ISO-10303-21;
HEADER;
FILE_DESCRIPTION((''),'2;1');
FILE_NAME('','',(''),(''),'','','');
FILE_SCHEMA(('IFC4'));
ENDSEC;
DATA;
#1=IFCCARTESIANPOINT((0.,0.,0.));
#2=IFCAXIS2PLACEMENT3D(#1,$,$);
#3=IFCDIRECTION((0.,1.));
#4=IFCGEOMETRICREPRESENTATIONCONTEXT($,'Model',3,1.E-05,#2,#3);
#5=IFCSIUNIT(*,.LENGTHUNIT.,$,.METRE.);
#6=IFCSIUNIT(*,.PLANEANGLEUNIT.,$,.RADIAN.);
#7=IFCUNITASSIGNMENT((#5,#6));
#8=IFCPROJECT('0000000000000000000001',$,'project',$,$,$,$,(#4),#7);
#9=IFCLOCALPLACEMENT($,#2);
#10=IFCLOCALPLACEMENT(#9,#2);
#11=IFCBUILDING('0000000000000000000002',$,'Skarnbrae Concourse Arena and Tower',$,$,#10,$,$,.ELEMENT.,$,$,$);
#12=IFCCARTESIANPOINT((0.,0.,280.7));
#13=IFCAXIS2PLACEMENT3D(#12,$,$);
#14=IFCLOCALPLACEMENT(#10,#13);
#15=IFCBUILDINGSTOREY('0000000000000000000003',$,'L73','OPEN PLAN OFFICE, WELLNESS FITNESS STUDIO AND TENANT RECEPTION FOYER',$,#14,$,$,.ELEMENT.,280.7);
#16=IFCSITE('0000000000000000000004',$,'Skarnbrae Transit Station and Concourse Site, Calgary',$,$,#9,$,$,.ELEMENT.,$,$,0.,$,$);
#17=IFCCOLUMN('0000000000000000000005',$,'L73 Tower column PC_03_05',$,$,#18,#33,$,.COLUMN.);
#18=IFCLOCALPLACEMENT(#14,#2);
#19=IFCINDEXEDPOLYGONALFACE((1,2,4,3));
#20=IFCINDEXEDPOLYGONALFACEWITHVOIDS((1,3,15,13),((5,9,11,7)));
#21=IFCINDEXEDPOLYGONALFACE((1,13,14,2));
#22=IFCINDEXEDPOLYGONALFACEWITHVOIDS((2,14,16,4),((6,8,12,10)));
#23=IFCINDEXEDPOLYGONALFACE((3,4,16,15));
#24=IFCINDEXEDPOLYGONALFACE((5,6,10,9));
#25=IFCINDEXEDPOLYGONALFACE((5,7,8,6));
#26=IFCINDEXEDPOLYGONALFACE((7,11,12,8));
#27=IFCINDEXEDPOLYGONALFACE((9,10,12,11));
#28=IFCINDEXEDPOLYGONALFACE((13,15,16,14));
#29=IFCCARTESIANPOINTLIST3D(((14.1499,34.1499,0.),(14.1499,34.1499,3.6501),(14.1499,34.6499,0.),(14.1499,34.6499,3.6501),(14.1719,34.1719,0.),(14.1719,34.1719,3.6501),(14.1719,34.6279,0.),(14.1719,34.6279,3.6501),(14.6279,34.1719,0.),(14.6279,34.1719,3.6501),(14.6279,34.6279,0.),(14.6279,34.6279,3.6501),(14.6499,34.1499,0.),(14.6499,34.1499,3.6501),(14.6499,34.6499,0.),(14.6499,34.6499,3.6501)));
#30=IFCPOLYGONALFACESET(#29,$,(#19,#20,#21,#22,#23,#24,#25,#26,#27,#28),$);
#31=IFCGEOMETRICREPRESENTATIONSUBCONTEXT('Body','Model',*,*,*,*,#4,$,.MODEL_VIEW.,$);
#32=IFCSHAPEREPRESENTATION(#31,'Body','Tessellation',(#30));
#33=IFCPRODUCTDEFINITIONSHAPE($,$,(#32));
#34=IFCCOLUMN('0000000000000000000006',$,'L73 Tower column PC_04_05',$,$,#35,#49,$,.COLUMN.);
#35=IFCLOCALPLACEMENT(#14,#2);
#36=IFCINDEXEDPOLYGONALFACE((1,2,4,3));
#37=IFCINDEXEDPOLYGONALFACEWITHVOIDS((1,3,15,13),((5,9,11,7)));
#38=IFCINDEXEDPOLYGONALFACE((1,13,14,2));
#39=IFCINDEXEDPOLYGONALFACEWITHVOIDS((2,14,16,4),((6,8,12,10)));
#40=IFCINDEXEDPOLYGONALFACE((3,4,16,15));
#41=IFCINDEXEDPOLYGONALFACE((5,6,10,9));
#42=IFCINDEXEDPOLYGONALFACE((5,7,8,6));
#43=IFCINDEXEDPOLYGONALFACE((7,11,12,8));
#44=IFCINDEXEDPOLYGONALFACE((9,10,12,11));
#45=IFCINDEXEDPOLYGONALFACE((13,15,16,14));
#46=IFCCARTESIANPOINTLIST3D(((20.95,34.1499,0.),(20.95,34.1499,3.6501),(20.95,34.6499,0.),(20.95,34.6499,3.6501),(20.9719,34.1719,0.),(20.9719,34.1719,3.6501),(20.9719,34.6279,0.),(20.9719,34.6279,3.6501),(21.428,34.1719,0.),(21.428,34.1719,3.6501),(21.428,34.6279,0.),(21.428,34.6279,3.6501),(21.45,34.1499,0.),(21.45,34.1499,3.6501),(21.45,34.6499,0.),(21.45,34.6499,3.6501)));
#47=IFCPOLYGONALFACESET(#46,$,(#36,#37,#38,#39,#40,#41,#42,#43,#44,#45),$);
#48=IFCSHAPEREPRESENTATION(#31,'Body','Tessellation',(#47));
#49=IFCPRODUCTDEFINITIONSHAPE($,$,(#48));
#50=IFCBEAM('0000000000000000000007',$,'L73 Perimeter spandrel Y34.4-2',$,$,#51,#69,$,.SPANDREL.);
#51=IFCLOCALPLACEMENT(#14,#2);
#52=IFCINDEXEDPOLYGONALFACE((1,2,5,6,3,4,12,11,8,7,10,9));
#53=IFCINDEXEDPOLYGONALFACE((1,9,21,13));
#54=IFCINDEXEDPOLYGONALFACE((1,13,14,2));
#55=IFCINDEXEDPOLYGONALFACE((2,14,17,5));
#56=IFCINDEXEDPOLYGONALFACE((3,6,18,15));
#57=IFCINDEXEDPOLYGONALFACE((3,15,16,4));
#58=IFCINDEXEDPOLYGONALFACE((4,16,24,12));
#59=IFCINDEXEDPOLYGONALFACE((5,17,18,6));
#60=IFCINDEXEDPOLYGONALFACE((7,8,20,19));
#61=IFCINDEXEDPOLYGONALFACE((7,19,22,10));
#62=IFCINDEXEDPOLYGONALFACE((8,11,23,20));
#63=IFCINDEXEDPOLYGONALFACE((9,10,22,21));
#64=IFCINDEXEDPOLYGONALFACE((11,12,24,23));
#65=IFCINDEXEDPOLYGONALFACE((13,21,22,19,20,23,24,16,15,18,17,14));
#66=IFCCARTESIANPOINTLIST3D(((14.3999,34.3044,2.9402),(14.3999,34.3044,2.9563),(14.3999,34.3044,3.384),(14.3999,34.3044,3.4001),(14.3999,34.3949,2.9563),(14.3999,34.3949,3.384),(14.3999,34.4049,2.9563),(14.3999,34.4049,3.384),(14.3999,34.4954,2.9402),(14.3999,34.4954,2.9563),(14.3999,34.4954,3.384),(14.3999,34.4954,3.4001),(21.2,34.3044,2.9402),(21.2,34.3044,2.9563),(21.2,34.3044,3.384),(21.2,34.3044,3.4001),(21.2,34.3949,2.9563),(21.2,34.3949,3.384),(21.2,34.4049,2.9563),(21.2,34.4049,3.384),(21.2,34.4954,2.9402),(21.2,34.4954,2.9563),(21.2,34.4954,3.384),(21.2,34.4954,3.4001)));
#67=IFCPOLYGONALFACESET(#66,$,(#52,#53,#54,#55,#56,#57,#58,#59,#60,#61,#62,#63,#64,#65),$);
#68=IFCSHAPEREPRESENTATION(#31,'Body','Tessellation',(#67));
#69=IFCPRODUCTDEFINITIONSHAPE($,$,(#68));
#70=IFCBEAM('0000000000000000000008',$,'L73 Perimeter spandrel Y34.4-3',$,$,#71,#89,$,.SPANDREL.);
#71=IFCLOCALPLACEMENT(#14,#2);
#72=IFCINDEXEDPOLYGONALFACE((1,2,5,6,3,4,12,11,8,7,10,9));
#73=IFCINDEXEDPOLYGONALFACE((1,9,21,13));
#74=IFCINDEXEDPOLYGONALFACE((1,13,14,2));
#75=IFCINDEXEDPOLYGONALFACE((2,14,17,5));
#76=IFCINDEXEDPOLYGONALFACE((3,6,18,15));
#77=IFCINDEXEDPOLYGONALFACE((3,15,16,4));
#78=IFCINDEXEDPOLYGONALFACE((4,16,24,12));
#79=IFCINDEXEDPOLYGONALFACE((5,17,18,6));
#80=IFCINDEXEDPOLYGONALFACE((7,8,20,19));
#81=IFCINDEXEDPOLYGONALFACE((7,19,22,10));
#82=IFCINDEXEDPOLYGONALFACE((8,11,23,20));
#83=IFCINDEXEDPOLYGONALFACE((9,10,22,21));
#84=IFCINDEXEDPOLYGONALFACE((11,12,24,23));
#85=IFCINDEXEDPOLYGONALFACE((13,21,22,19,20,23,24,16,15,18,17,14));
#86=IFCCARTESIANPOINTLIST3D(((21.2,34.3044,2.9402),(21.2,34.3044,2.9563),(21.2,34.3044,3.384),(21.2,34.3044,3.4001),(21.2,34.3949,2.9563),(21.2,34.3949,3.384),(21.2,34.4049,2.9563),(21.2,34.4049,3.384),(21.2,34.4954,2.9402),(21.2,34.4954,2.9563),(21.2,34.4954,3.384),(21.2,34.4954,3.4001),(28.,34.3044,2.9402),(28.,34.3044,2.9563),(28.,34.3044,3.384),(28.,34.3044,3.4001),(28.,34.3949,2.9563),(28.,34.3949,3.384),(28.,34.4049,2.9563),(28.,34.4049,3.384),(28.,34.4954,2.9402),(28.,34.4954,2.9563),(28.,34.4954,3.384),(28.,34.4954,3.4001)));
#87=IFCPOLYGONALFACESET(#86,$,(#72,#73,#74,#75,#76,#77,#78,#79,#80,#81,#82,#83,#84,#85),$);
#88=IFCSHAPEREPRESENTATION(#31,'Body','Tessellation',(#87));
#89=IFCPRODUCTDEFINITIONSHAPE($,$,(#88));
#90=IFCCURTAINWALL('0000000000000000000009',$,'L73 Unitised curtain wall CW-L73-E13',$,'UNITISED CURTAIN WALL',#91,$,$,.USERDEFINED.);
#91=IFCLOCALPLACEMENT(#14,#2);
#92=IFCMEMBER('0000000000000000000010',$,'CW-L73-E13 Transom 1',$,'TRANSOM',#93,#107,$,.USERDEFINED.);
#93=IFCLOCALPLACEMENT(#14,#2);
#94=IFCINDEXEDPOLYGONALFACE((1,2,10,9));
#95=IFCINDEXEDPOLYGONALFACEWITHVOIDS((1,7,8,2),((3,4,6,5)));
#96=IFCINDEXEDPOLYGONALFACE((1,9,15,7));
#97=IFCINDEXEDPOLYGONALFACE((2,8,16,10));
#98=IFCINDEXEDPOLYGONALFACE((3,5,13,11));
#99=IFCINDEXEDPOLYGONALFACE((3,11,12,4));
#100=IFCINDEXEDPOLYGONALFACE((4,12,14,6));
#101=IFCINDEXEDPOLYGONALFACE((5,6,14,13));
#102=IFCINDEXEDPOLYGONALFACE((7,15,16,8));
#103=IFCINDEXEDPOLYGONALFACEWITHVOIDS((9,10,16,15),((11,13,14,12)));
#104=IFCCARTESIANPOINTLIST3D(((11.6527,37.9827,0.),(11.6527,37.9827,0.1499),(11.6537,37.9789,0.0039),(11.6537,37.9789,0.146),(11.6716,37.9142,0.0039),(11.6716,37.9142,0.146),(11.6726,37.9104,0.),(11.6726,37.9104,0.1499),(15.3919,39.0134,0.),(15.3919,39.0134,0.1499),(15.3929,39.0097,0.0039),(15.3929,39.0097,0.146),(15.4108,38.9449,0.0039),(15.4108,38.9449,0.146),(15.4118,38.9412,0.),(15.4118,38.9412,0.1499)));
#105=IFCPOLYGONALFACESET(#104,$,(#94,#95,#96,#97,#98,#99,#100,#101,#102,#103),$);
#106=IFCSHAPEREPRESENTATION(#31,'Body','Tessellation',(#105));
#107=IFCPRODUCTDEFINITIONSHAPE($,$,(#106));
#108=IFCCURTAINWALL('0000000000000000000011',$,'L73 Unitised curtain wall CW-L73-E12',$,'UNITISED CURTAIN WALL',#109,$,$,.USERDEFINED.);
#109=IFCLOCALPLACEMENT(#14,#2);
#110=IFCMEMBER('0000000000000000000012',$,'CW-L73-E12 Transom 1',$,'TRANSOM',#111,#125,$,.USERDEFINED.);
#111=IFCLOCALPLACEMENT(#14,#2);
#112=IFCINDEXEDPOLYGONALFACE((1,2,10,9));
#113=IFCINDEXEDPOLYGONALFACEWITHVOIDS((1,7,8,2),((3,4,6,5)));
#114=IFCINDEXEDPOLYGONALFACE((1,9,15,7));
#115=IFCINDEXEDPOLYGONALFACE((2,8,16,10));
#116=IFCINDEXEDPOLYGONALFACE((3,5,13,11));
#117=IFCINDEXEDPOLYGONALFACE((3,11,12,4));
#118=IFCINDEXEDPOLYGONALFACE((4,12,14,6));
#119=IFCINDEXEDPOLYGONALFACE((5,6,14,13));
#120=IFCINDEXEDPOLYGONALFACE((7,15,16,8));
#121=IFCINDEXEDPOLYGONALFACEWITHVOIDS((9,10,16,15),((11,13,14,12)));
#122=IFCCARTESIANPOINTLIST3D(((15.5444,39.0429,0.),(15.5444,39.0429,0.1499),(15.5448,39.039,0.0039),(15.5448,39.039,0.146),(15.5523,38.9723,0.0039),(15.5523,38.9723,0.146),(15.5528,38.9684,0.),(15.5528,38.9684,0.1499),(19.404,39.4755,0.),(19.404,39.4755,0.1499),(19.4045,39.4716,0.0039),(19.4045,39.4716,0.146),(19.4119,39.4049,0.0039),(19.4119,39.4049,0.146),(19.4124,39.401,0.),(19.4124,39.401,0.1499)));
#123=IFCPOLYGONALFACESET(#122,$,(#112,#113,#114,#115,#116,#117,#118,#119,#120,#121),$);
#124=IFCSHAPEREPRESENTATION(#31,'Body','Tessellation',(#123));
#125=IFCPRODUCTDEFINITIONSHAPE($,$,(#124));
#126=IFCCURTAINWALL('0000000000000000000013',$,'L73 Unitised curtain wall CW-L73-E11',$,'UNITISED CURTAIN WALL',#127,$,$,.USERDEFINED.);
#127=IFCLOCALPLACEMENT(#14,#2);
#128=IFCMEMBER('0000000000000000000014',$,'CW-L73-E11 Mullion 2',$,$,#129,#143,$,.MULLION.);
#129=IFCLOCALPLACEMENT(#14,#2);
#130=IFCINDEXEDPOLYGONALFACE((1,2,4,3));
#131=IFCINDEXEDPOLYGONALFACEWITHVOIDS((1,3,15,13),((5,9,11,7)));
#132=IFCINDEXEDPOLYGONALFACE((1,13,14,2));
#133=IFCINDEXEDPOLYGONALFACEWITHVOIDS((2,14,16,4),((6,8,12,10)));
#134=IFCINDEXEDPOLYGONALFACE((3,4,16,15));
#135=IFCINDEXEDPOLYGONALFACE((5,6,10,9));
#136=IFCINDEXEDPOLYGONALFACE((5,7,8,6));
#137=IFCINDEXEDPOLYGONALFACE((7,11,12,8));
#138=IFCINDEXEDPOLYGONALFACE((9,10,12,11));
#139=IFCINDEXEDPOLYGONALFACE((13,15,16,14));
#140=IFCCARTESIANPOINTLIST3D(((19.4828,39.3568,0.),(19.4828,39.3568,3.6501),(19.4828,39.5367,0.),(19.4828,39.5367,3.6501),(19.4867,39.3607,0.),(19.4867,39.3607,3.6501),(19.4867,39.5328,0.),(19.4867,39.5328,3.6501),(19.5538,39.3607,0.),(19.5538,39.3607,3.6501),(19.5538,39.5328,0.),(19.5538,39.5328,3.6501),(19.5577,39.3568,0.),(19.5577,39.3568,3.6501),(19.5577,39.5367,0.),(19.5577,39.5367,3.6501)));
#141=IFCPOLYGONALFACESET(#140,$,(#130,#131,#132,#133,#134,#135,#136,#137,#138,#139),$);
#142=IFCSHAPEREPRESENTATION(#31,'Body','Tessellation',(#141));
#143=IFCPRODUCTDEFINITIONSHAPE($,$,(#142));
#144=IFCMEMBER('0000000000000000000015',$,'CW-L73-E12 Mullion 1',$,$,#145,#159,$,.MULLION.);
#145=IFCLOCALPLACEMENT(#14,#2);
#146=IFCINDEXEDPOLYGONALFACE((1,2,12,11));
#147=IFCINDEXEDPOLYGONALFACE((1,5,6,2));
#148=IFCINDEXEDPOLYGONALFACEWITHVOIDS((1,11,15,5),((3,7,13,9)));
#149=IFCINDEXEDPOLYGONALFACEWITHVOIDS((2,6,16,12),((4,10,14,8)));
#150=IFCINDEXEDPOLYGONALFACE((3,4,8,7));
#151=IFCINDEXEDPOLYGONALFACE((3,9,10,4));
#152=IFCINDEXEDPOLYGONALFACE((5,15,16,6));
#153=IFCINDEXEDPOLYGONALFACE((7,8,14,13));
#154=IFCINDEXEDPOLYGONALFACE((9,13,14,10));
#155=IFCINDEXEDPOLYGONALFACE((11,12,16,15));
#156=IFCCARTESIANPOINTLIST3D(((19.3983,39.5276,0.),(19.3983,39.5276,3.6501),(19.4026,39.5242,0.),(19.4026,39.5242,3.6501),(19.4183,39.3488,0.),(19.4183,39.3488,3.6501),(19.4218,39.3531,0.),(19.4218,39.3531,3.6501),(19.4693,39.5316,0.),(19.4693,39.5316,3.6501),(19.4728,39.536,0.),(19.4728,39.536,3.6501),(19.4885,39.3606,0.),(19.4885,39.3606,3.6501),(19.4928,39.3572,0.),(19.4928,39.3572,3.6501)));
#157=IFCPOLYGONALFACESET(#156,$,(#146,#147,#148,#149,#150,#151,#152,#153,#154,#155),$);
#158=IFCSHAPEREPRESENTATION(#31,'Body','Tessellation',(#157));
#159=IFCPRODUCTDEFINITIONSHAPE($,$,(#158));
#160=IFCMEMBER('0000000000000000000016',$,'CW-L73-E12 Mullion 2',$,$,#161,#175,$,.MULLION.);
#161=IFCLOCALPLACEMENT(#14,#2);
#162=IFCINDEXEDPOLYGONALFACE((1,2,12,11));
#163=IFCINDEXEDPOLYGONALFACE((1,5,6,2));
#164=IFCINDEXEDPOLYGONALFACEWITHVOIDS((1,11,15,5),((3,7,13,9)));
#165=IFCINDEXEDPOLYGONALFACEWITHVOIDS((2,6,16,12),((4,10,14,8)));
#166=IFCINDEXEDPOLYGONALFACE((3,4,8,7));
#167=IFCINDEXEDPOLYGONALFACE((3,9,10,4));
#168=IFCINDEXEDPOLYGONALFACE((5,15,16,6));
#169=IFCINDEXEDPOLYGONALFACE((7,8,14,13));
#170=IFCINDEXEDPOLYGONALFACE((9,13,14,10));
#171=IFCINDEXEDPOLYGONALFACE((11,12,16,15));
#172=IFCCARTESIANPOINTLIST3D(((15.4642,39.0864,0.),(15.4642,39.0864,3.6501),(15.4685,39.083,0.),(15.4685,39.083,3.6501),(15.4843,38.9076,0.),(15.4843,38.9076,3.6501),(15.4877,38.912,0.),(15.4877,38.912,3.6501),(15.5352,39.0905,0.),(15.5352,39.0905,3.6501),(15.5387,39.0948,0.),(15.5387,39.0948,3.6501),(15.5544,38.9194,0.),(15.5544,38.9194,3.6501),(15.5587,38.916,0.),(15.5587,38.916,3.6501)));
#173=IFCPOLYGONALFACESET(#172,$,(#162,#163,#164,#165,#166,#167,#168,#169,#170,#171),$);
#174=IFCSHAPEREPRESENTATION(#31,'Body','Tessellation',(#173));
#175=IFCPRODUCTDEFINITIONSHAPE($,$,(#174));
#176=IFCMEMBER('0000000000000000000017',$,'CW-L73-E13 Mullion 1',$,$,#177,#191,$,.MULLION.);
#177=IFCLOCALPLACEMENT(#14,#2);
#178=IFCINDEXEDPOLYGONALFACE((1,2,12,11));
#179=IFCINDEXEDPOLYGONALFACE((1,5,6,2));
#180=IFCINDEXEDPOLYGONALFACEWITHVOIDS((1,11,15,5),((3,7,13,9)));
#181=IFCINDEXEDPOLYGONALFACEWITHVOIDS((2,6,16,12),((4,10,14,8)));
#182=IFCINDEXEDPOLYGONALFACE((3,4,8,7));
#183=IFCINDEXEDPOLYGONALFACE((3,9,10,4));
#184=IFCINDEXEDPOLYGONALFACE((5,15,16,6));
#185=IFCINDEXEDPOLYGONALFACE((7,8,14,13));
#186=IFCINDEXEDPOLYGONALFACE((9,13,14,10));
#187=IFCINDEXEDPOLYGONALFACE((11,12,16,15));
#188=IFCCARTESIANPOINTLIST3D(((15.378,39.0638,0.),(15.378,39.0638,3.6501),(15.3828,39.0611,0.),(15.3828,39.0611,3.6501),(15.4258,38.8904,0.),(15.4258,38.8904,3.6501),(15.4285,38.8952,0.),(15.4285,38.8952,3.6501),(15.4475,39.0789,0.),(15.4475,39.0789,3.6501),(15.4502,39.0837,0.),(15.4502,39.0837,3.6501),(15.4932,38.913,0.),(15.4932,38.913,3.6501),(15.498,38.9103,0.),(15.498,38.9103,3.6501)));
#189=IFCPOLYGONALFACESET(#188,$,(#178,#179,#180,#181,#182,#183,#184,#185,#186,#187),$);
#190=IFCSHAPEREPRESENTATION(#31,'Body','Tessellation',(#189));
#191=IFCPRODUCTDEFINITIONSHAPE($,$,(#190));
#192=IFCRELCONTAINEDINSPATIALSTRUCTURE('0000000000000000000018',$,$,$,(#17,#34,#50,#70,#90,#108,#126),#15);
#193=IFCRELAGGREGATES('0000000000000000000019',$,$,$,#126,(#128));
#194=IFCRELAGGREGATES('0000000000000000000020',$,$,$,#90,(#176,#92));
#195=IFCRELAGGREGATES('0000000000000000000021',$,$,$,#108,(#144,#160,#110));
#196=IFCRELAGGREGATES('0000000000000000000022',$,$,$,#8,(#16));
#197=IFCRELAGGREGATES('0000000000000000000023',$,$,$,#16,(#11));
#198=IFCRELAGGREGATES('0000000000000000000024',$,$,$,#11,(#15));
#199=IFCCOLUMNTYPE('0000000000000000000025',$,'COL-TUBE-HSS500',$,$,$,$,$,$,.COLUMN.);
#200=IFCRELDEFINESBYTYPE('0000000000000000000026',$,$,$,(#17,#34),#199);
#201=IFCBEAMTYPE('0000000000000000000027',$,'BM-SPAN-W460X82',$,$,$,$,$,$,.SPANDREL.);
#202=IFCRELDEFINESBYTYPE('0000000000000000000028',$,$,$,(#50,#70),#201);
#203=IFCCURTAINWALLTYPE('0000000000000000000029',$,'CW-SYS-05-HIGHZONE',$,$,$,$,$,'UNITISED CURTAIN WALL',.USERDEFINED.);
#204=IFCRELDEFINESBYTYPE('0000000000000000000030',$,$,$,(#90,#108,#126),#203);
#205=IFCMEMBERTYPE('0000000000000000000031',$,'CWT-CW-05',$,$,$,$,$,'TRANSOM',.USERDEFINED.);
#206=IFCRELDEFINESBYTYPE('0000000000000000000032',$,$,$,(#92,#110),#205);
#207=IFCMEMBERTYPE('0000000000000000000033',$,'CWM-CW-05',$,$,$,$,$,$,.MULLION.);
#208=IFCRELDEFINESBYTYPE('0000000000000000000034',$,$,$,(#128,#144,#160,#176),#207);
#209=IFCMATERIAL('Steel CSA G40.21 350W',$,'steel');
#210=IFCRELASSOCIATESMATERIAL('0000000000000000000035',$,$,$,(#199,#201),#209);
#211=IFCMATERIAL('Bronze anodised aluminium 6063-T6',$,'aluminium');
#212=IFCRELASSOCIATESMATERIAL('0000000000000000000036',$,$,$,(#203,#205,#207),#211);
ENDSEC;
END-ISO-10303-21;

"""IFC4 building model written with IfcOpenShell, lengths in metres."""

from ifc_helpers import new_model, si_unit, direction, frame, origin, origin_2d, place, context, subcontext, project, spatial, hollow_rectangle, i_section, extrude, source, transform, mapped, material, material_profile, profile_set, type_object, element, aggregate, save


model = new_model("IFC4")

# Units and contexts
model_context = context("Model", 3, precision=1e-05, world=origin(), true_north=direction((0.0, 1.0)))
body_context = subcontext(model_context, "Body", "Model", "MODEL_VIEW")
ifc_project = project(units=[si_unit("LENGTHUNIT", "METRE"), si_unit("PLANEANGLEUNIT", "RADIAN")], contexts=[model_context])

# Site, building, storey
site_placement = place(None, origin())
site = spatial("IfcSite", under=ifc_project, at=site_placement, Name="Skarnbrae Transit Station and Concourse Site, Calgary", CompositionType="ELEMENT", RefElevation=0.0)
building_placement = place(site_placement, origin())
building = spatial("IfcBuilding", under=site, at=building_placement, Name="Skarnbrae Concourse Arena and Tower", CompositionType="ELEMENT")
storey_placement = place(building_placement, frame((0.0, 0.0, 280.7)))
storey = spatial("IfcBuildingStorey", under=building, at=storey_placement, Name="L73", Description="OPEN PLAN OFFICE, WELLNESS FITNESS STUDIO AND TENANT RECEPTION FOYER", CompositionType="ELEMENT", Elevation=280.7)

# Columns
ifc_material_1 = material(Name="Steel CSA G40.21 350W", Category="steel")
ifc_material_profile_1 = material_profile(ifc_material_1, hollow_rectangle(XDim=0.5, YDim=0.5, WallThickness=0.022, at=origin_2d()), Name="HSS500X500X22.0")
ifc_profile_set_1 = profile_set([ifc_material_profile_1], Name="Steel CSA G40.21 350W")
column_type = type_object("IfcColumnType", Name="COL-TUBE-HSS500", PredefinedType="COLUMN", material=ifc_profile_set_1)
shared_shape_1 = source(origin(), body_context, "Body", "SweptSolid", [
    extrude(hollow_rectangle(XDim=0.5, YDim=0.5, WallThickness=0.022, at=origin_2d()), origin(), (0.0, 0.0, 1.0), 3.6501),
])
for number, where, z_axis, x_axis, name in (
    (1, (14.3999, 34.3999, 0.0), (0.0, 0.0, 1.0), (1.0, 0.0, 0.0), "L73 Tower column PC_03_05"),
    (2, (21.2, 34.3999, 0.0), (0.0, 0.0, 1.0), (1.0, 0.0, 0.0), "L73 Tower column PC_04_05"),
):
    element("IfcColumn", number, at=place(storey_placement, frame(where, z_axis=z_axis, x_axis=x_axis)), inside=storey, type_object=column_type, Name=name, PredefinedType="COLUMN", context=body_context, shape_type="MappedRepresentation", body=[
        mapped(shared_shape_1, transform((0.0, 0.0, 0.0))),
    ])

# Beams
ifc_material_profile_2 = material_profile(ifc_material_1, i_section(OverallWidth=0.1909, OverallDepth=0.46, WebThickness=0.01, FlangeThickness=0.0161, at=origin_2d()), Name="W460X82")
ifc_profile_set_2 = profile_set([ifc_material_profile_2], Name="Steel CSA G40.21 350W")
beam_type = type_object("IfcBeamType", Name="BM-SPAN-W460X82", PredefinedType="SPANDREL", material=ifc_profile_set_2)
shared_shape_2 = source(origin(), body_context, "Body", "SweptSolid", [
    extrude(i_section(OverallWidth=0.1909, OverallDepth=0.46, WebThickness=0.01, FlangeThickness=0.0161, at=origin_2d()), origin(), (0.0, 0.0, 1.0), 6.8),
])
for number, where, z_axis, x_axis, name in (
    (3, (14.3999, 34.3999, 3.1702), (1.0, 0.0, 0.0), (0.0, 1.0, 0.0), "L73 Perimeter spandrel Y34.4-2"),
    (4, (21.2, 34.3999, 3.1702), (1.0, 0.0, 0.0), (0.0, 1.0, 0.0), "L73 Perimeter spandrel Y34.4-3"),
):
    element("IfcBeam", number, at=place(storey_placement, frame(where, z_axis=z_axis, x_axis=x_axis)), inside=storey, type_object=beam_type, Name=name, PredefinedType="SPANDREL", context=body_context, shape_type="MappedRepresentation", body=[
        mapped(shared_shape_2, transform((0.0, 0.0, 0.0))),
    ])

# Curtain walls, members
ifc_material_2 = material(Name="Bronze anodised aluminium 6063-T6", Category="aluminium")
curtain_wall_type = type_object("IfcCurtainWallType", Name="CW-SYS-05-HIGHZONE", ElementType="UNITISED CURTAIN WALL", PredefinedType="USERDEFINED", material=ifc_material_2)
curtain_wall_1_placement = place(storey_placement, origin())
curtain_wall_1 = element("IfcCurtainWall", 5, at=curtain_wall_1_placement, inside=storey, type_object=curtain_wall_type, Name="L73 Unitised curtain wall CW-L73-E13", ObjectType="UNITISED CURTAIN WALL", PredefinedType="USERDEFINED")
ifc_material_profile_3 = material_profile(ifc_material_2, hollow_rectangle(XDim=0.075, YDim=0.1499, WallThickness=0.0039, at=origin_2d()), Name="ALU-TRAN-75X150")
ifc_profile_set_3 = profile_set([ifc_material_profile_3], Name="Bronze anodised aluminium 6063-T6")
member_type_1 = type_object("IfcMemberType", Name="CWT-CW-05", ElementType="TRANSOM", PredefinedType="USERDEFINED", material=ifc_profile_set_3)
shared_shape_3 = source(origin(), body_context, "Body", "SweptSolid", [
    extrude(hollow_rectangle(XDim=0.075, YDim=0.1499, WallThickness=0.0039, at=origin_2d()), origin(), (0.0, 0.0, 1.0), 3.8787),
])
member_1_placement = place(storey_placement, frame((15.4019, 38.9773, 0.075), z_axis=(-0.964043, -0.265747, 0.0), x_axis=(0.265747, -0.964043, 0.0)))
member_1 = element("IfcMember", 6, at=member_1_placement, type_object=member_type_1, Name="CW-L73-E13 Transom 1", ObjectType="TRANSOM", PredefinedType="USERDEFINED", context=body_context, shape_type="MappedRepresentation", body=[
    mapped(shared_shape_3, transform((0.0, 0.0, 0.0))),
])
curtain_wall_2_placement = place(storey_placement, origin())
curtain_wall_2 = element("IfcCurtainWall", 7, at=curtain_wall_2_placement, inside=storey, type_object=curtain_wall_type, Name="L73 Unitised curtain wall CW-L73-E12", ObjectType="UNITISED CURTAIN WALL", PredefinedType="USERDEFINED")
shared_shape_4 = source(origin(), body_context, "Body", "SweptSolid", [
    extrude(hollow_rectangle(XDim=0.075, YDim=0.1499, WallThickness=0.0039, at=origin_2d()), origin(), (0.0, 0.0, 1.0), 3.8838),
])
member_2_placement = place(storey_placement, frame((19.4082, 39.4382, 0.075), z_axis=(-0.993777, -0.11139, 0.0), x_axis=(0.11139, -0.993777, 0.0)))
member_2 = element("IfcMember", 8, at=member_2_placement, type_object=member_type_1, Name="CW-L73-E12 Transom 1", ObjectType="TRANSOM", PredefinedType="USERDEFINED", context=body_context, shape_type="MappedRepresentation", body=[
    mapped(shared_shape_4, transform((0.0, 0.0, 0.0))),
])
curtain_wall_3_placement = place(storey_placement, origin())
curtain_wall_3 = element("IfcCurtainWall", 9, at=curtain_wall_3_placement, inside=storey, type_object=curtain_wall_type, Name="L73 Unitised curtain wall CW-L73-E11", ObjectType="UNITISED CURTAIN WALL", PredefinedType="USERDEFINED")
ifc_material_profile_4 = material_profile(ifc_material_2, hollow_rectangle(XDim=0.075, YDim=0.1799, WallThickness=0.0039, at=origin_2d()), Name="ALU-MULL-75X180")
ifc_profile_set_4 = profile_set([ifc_material_profile_4], Name="Bronze anodised aluminium 6063-T6")
member_type_2 = type_object("IfcMemberType", Name="CWM-CW-05", PredefinedType="MULLION", material=ifc_profile_set_4)
shared_shape_5 = source(origin(), body_context, "Body", "SweptSolid", [
    extrude(hollow_rectangle(XDim=0.075, YDim=0.1799, WallThickness=0.0039, at=origin_2d()), origin(), (0.0, 0.0, 1.0), 3.6501),
])
member_3_placement = place(storey_placement, frame((19.5203, 39.4468, 0.0), z_axis=(0.0, 0.0, 1.0), x_axis=(-1.0, 0.0, 0.0)))
member_3 = element("IfcMember", 10, at=member_3_placement, type_object=member_type_2, Name="CW-L73-E11 Mullion 2", PredefinedType="MULLION", context=body_context, shape_type="MappedRepresentation", body=[
    mapped(shared_shape_5, transform((0.0, 0.0, 0.0))),
])
aggregate(curtain_wall_3, [member_3])

# Members
member_4_placement = place(storey_placement, frame((19.4456, 39.4424, 0.0), z_axis=(0.0, 0.0, 1.0), x_axis=(-0.993769, -0.11146, 0.0)))
member_4 = element("IfcMember", 11, at=member_4_placement, type_object=member_type_2, Name="CW-L73-E12 Mullion 1", PredefinedType="MULLION", context=body_context, shape_type="MappedRepresentation", body=[
    mapped(shared_shape_5, transform((0.0, 0.0, 0.0))),
])
member_5_placement = place(storey_placement, frame((15.5115, 39.0012, 0.0), z_axis=(0.0, 0.0, 1.0), x_axis=(-0.993769, -0.11146, 0.0)))
member_5 = element("IfcMember", 12, at=member_5_placement, type_object=member_type_2, Name="CW-L73-E12 Mullion 2", PredefinedType="MULLION", context=body_context, shape_type="MappedRepresentation", body=[
    mapped(shared_shape_5, transform((0.0, 0.0, 0.0))),
])
member_6_placement = place(storey_placement, frame((15.438, 38.9871, 0.0), z_axis=(0.0, 0.0, 1.0), x_axis=(-0.964057, -0.265694, 0.0)))
member_6 = element("IfcMember", 13, at=member_6_placement, type_object=member_type_2, Name="CW-L73-E13 Mullion 1", PredefinedType="MULLION", context=body_context, shape_type="MappedRepresentation", body=[
    mapped(shared_shape_5, transform((0.0, 0.0, 0.0))),
])

aggregate(curtain_wall_1, [member_6, member_1])
aggregate(curtain_wall_2, [member_4, member_5, member_2])

save(model, "model.ifc")
